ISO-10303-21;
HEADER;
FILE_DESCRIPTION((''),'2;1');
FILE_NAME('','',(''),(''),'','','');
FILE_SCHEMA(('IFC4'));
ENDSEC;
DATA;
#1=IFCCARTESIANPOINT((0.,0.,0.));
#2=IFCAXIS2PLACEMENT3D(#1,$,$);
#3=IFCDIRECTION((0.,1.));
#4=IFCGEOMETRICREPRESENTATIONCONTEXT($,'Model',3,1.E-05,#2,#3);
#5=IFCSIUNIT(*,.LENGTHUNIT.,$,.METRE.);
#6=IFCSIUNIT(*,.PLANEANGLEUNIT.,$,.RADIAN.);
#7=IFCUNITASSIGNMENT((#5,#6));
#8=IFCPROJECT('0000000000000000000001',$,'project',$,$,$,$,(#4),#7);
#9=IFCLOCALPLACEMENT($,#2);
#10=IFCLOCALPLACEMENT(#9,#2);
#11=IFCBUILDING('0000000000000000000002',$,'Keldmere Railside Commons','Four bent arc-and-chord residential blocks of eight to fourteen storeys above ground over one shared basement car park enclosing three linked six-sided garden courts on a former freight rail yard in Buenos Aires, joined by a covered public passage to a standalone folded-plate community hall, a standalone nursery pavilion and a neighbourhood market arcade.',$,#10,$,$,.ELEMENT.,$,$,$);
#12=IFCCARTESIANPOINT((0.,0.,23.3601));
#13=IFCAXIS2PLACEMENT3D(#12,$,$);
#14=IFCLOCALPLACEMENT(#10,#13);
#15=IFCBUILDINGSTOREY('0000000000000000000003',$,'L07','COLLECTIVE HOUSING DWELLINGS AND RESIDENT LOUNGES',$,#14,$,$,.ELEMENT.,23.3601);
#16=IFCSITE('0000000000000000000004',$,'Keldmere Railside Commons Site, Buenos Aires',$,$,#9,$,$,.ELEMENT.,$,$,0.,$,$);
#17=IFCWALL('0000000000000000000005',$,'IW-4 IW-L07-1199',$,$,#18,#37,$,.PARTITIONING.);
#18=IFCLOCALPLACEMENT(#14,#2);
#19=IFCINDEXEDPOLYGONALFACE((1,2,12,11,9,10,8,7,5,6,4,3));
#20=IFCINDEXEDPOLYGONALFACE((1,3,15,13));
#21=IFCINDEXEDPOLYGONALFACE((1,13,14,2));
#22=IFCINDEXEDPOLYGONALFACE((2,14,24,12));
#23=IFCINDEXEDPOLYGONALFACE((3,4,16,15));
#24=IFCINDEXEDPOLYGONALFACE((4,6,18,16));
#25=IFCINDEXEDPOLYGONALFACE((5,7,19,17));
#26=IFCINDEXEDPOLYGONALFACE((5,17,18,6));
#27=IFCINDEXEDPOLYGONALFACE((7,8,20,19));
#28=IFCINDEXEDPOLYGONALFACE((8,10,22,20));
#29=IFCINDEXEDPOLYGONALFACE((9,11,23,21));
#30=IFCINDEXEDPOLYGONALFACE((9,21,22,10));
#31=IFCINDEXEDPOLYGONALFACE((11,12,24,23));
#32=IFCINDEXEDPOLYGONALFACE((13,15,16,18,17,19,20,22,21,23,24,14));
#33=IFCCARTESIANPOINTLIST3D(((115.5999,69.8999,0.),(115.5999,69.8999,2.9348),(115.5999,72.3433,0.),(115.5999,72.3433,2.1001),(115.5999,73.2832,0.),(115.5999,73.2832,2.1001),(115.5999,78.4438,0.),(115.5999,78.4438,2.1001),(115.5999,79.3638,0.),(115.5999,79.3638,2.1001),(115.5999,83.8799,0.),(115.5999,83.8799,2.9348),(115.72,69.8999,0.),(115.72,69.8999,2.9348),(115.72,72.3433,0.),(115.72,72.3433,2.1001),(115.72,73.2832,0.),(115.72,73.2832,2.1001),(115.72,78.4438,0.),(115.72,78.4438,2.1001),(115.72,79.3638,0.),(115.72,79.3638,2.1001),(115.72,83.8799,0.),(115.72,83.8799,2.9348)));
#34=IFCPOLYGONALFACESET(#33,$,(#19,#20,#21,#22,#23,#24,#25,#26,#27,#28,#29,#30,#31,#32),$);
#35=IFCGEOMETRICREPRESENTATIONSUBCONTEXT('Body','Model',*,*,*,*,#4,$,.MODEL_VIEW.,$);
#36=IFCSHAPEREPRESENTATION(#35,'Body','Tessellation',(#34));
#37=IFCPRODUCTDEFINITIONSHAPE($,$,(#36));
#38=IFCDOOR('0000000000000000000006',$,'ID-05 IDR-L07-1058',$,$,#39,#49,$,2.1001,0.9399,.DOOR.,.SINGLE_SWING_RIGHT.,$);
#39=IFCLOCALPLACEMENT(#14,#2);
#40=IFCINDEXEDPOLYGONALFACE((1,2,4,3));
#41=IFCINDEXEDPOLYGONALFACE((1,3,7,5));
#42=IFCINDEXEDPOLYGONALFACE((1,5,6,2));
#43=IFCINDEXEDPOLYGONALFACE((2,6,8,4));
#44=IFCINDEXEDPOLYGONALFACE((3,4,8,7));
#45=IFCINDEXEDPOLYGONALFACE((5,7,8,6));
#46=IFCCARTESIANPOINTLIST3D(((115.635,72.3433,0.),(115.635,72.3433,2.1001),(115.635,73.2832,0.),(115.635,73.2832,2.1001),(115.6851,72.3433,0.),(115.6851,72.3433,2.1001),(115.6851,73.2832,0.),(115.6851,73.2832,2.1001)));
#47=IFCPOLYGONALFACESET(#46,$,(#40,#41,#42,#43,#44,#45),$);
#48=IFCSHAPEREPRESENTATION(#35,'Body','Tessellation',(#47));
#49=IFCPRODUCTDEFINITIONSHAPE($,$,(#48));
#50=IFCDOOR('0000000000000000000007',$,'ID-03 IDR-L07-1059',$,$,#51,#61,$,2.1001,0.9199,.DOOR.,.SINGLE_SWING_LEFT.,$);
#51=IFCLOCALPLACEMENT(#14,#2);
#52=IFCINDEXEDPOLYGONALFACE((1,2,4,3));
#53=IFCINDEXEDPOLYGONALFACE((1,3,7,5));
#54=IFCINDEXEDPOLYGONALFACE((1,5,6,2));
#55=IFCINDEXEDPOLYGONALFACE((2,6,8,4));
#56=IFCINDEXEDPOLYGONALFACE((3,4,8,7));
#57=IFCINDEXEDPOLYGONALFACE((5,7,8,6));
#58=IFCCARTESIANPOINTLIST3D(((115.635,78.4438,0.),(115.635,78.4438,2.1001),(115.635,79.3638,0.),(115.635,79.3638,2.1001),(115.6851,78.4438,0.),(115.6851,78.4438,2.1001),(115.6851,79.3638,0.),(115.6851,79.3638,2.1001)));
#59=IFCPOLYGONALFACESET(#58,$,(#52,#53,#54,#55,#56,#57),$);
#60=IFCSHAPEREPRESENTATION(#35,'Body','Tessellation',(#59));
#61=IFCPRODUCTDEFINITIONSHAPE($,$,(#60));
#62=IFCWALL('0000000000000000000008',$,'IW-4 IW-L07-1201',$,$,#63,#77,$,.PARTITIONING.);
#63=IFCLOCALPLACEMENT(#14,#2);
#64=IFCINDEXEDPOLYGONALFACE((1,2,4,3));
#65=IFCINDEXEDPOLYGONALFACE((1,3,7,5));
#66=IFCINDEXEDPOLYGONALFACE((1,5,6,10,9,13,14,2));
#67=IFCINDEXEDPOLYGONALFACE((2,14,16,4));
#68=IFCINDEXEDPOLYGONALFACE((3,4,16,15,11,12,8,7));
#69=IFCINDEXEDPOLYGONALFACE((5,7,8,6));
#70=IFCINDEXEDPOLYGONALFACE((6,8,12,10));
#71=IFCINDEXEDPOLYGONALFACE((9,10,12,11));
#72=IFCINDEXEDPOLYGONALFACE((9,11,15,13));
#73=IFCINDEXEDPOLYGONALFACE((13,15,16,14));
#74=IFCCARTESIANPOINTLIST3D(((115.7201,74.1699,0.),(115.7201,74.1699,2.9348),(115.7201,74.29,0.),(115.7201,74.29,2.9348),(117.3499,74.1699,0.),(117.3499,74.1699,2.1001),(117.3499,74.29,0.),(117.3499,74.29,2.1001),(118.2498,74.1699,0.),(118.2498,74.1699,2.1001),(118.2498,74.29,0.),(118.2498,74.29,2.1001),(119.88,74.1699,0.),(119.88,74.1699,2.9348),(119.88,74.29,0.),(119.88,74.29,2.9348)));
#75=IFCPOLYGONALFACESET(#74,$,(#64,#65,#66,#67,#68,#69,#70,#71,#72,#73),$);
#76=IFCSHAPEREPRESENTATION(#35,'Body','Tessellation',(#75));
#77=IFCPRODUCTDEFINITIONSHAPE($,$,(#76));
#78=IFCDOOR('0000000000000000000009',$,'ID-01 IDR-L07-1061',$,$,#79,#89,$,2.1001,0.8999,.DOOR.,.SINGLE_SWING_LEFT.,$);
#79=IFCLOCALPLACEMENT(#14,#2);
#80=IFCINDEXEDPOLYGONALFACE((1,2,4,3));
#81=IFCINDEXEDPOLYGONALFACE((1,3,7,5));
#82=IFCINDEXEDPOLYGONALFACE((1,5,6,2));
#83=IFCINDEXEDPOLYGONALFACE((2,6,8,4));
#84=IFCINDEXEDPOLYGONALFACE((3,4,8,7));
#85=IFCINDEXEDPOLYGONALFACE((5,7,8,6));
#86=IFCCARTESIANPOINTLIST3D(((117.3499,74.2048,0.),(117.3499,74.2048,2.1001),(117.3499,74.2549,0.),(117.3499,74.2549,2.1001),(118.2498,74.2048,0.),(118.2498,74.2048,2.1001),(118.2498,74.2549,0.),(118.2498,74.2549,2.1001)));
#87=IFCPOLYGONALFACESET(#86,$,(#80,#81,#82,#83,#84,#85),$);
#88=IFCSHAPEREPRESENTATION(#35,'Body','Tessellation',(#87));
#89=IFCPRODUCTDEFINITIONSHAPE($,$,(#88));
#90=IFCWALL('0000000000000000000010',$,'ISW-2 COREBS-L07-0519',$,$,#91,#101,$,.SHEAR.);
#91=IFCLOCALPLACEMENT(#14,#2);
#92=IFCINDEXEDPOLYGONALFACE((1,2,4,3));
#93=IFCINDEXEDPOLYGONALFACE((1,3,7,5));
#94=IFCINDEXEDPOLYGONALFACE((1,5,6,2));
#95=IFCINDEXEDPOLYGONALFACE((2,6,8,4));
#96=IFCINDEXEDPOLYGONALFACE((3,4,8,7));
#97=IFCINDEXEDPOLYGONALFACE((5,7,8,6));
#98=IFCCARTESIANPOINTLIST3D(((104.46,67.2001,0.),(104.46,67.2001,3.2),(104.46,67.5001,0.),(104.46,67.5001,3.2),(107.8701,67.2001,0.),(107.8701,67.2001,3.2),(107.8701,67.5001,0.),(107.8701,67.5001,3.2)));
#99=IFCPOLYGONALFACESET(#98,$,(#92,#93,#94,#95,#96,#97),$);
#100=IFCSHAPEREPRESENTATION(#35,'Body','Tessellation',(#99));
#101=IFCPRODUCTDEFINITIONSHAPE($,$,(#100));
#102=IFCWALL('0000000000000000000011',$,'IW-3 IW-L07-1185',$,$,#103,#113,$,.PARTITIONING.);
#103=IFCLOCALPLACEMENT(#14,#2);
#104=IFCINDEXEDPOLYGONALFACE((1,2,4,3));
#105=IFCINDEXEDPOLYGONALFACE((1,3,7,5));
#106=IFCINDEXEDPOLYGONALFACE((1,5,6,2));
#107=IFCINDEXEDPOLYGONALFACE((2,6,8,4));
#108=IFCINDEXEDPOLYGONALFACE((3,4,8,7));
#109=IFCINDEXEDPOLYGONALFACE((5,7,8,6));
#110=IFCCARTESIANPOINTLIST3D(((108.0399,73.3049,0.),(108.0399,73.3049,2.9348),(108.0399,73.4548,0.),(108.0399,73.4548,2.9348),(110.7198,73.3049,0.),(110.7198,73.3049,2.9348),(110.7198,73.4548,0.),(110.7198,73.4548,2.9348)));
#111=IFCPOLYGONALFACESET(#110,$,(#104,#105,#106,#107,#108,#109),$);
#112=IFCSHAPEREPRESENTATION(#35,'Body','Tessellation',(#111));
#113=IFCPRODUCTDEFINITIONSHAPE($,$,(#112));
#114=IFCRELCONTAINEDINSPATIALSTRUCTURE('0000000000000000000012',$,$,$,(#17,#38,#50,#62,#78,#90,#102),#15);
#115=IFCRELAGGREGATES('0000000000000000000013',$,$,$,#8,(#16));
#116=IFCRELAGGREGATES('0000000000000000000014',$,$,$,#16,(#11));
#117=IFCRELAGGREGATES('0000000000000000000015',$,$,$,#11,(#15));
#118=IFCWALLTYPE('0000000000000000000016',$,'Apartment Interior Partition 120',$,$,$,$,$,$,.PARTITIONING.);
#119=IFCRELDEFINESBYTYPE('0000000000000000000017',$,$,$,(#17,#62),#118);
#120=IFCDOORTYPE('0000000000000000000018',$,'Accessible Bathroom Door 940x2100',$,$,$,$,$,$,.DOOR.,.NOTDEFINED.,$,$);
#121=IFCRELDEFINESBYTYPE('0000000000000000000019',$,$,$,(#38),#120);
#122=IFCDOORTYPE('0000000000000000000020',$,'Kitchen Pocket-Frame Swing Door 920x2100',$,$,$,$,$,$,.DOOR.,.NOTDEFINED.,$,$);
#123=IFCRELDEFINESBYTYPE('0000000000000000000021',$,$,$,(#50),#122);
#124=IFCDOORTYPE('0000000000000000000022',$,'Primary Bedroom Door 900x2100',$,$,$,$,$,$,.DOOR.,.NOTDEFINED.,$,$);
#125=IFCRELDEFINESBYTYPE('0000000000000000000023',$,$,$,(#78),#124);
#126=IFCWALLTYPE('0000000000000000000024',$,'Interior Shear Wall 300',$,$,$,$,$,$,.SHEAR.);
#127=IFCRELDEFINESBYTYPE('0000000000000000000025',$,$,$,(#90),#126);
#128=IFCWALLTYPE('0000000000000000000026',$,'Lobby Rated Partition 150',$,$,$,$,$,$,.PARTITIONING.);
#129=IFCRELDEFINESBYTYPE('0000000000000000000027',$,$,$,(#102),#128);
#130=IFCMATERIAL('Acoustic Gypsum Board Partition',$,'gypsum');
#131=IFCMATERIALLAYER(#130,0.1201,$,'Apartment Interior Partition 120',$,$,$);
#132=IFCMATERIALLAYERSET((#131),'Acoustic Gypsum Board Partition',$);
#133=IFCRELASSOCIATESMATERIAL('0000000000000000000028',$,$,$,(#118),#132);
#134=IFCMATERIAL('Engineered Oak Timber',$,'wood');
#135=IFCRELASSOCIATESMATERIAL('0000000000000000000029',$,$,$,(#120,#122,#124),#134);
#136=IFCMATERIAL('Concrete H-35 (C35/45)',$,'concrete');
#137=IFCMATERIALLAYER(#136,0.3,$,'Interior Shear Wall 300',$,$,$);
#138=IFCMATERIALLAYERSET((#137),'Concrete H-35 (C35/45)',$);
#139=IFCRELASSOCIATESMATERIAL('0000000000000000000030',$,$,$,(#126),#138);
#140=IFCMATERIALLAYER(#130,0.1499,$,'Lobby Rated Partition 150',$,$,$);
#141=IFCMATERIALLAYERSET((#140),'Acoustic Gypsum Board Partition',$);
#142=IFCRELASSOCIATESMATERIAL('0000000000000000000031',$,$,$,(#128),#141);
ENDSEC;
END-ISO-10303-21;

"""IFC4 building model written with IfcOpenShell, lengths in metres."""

from ifc_helpers import new_model, si_unit, direction, frame, frame_2d, origin, place, context, subcontext, project, spatial, rectangle, extrude, material, layer, layer_set, type_object, element, fill, save


model = new_model("IFC4")

# Units and contexts
model_context = context("Model", 3, precision=1e-05, world=origin(), true_north=direction((0.0, 1.0)))
body_context = subcontext(model_context, "Body", "Model", "MODEL_VIEW")
ifc_project = project(units=[si_unit("LENGTHUNIT", "METRE"), si_unit("PLANEANGLEUNIT", "RADIAN")], contexts=[model_context])

# Site, building, storey
site_placement = place(None, origin())
site = spatial("IfcSite", under=ifc_project, at=site_placement, Name="Keldmere Railside Commons Site, Buenos Aires", CompositionType="ELEMENT", RefElevation=0.0)
building_placement = place(site_placement, origin())
building = spatial("IfcBuilding", under=site, at=building_placement, Name="Keldmere Railside Commons", Description="Four bent arc-and-chord residential blocks of eight to fourteen storeys above ground over one shared basement car park enclosing three linked six-sided garden courts on a former freight rail yard in Buenos Aires, joined by a covered public passage to a standalone folded-plate community hall, a standalone nursery pavilion and a neighbourhood market arcade.", CompositionType="ELEMENT")
storey_placement = place(building_placement, frame((0.0, 0.0, 23.3601)))
storey = spatial("IfcBuildingStorey", under=building, at=storey_placement, Name="L07", Description="COLLECTIVE HOUSING DWELLINGS AND RESIDENT LOUNGES", CompositionType="ELEMENT", Elevation=23.3601)

# Shared definitions
ifc_material_1 = material(Name="Concrete H-35 (C35/45)", Category="concrete")

# Shared definitions
ifc_material_2 = material(Name="Acoustic Gypsum Board Partition", Category="gypsum")

# Wall, openings, doors
ifc_layer_1 = layer(ifc_material_2, 0.1201, Name="Apartment Interior Partition 120")
ifc_layer_set_1 = layer_set([ifc_layer_1], Name="Acoustic Gypsum Board Partition")
wall_type_1 = type_object("IfcWallType", Name="Apartment Interior Partition 120", PredefinedType="PARTITIONING", material=ifc_layer_set_1)
wall_1_placement = place(storey_placement, frame((115.6599, 69.8999, 0.0), z_axis=(0.0, 0.0, 1.0), x_axis=(0.0, 1.0, 0.0)))
wall_1 = element("IfcWall", 1, at=wall_1_placement, inside=storey, type_object=wall_type_1, Name="IW-4 IW-L07-1199", PredefinedType="PARTITIONING", context=body_context, shape_type="SweptSolid", body=[
    extrude(rectangle(XDim=13.98, YDim=0.1201, at=frame_2d((6.99, 0.0))), origin(), (0.0, 0.0, 1.0), 2.9348),
])
opening_1_placement = place(wall_1_placement, frame((2.4434, 0.0, 0.0)))
opening_1 = element("IfcOpeningElement", 2, at=opening_1_placement, cuts=wall_1, PredefinedType="OPENING", context=body_context, shape_type="SweptSolid", body=[
    extrude(rectangle(XDim=0.9399, YDim=2.1001, at=frame_2d((0.47, 1.05))), frame((0.0, 0.0701, 0.0), z_axis=(0.0, -1.0, 0.0), x_axis=(1.0, 0.0, 0.0)), (0.0, 0.0, 1.0), 0.1401),
])
opening_2_placement = place(wall_1_placement, frame((8.5439, 0.0, 0.0)))
opening_2 = element("IfcOpeningElement", 3, at=opening_2_placement, cuts=wall_1, PredefinedType="OPENING", context=body_context, shape_type="SweptSolid", body=[
    extrude(rectangle(XDim=0.9199, YDim=2.1001, at=frame_2d((0.46, 1.05))), frame((0.0, 0.0701, 0.0), z_axis=(0.0, -1.0, 0.0), x_axis=(1.0, 0.0, 0.0)), (0.0, 0.0, 1.0), 0.1401),
])
ifc_material_3 = material(Name="Engineered Oak Timber", Category="wood")
door_type_1 = type_object("IfcDoorType", Name="Accessible Bathroom Door 940x2100", OperationType="NOTDEFINED", PredefinedType="DOOR", material=ifc_material_3)
door_1_placement = place(opening_1_placement, origin())
door_1 = element("IfcDoor", 4, at=door_1_placement, inside=storey, type_object=door_type_1, Name="ID-05 IDR-L07-1058", OperationType="SINGLE_SWING_RIGHT", OverallHeight=2.1001, OverallWidth=0.9399, PredefinedType="DOOR", context=body_context, shape_type="SweptSolid", body=[
    extrude(rectangle(XDim=0.9399, YDim=2.1001, at=frame_2d((0.47, 1.05))), frame((0.0, 0.0249, 0.0), z_axis=(0.0, -1.0, 0.0), x_axis=(1.0, 0.0, 0.0)), (0.0, 0.0, 1.0), 0.05),
])
fill(opening_1, door_1)
door_type_2 = type_object("IfcDoorType", Name="Kitchen Pocket-Frame Swing Door 920x2100", OperationType="NOTDEFINED", PredefinedType="DOOR", material=ifc_material_3)
door_2_placement = place(opening_2_placement, origin())
door_2 = element("IfcDoor", 5, at=door_2_placement, inside=storey, type_object=door_type_2, Name="ID-03 IDR-L07-1059", OperationType="SINGLE_SWING_LEFT", OverallHeight=2.1001, OverallWidth=0.9199, PredefinedType="DOOR", context=body_context, shape_type="SweptSolid", body=[
    extrude(rectangle(XDim=0.9199, YDim=2.1001, at=frame_2d((0.46, 1.05))), frame((0.0, 0.0249, 0.0), z_axis=(0.0, -1.0, 0.0), x_axis=(1.0, 0.0, 0.0)), (0.0, 0.0, 1.0), 0.05),
])
fill(opening_2, door_2)

# Wall, opening, door
wall_2_placement = place(storey_placement, frame((115.72, 74.23, 0.0), z_axis=(0.0, 0.0, 1.0), x_axis=(1.0, 0.0, 0.0)))
wall_2 = element("IfcWall", 6, at=wall_2_placement, inside=storey, type_object=wall_type_1, Name="IW-4 IW-L07-1201", PredefinedType="PARTITIONING", context=body_context, shape_type="SweptSolid", body=[
    extrude(rectangle(XDim=4.1599, YDim=0.1201, at=frame_2d((2.0801, 0.0))), origin(), (0.0, 0.0, 1.0), 2.9348),
])
opening_3_placement = place(wall_2_placement, frame((1.6299, 0.0, 0.0)))
opening_3 = element("IfcOpeningElement", 7, at=opening_3_placement, cuts=wall_2, PredefinedType="OPENING", context=body_context, shape_type="SweptSolid", body=[
    extrude(rectangle(XDim=0.8999, YDim=2.1001, at=frame_2d((0.45, 1.05))), frame((0.0, 0.0701, 0.0), z_axis=(0.0, -1.0, 0.0), x_axis=(1.0, 0.0, 0.0)), (0.0, 0.0, 1.0), 0.1401),
])
door_type_3 = type_object("IfcDoorType", Name="Primary Bedroom Door 900x2100", OperationType="NOTDEFINED", PredefinedType="DOOR", material=ifc_material_3)
door_3_placement = place(opening_3_placement, origin())
door_3 = element("IfcDoor", 8, at=door_3_placement, inside=storey, type_object=door_type_3, Name="ID-01 IDR-L07-1061", OperationType="SINGLE_SWING_LEFT", OverallHeight=2.1001, OverallWidth=0.8999, PredefinedType="DOOR", context=body_context, shape_type="SweptSolid", body=[
    extrude(rectangle(XDim=0.8999, YDim=2.1001, at=frame_2d((0.45, 1.05))), frame((0.0, 0.0249, 0.0), z_axis=(0.0, -1.0, 0.0), x_axis=(1.0, 0.0, 0.0)), (0.0, 0.0, 1.0), 0.05),
])
fill(opening_3, door_3)

# Walls
ifc_layer_2 = layer(ifc_material_1, 0.3, Name="Interior Shear Wall 300")
ifc_layer_set_2 = layer_set([ifc_layer_2], Name="Concrete H-35 (C35/45)")
wall_type_2 = type_object("IfcWallType", Name="Interior Shear Wall 300", PredefinedType="SHEAR", material=ifc_layer_set_2)
wall_3_placement = place(storey_placement, frame((107.8701, 67.3501, 0.0), z_axis=(0.0, 0.0, 1.0), x_axis=(-1.0, 0.0, 0.0)))
element("IfcWall", 9, at=wall_3_placement, inside=storey, type_object=wall_type_2, Name="ISW-2 COREBS-L07-0519", PredefinedType="SHEAR", context=body_context, shape_type="SweptSolid", body=[
    extrude(rectangle(XDim=3.4102, YDim=0.3, at=frame_2d((1.7051, 0.0))), origin(), (0.0, 0.0, 1.0), 3.2),
])
ifc_layer_3 = layer(ifc_material_2, 0.1499, Name="Lobby Rated Partition 150")
ifc_layer_set_3 = layer_set([ifc_layer_3], Name="Acoustic Gypsum Board Partition")
wall_type_3 = type_object("IfcWallType", Name="Lobby Rated Partition 150", PredefinedType="PARTITIONING", material=ifc_layer_set_3)
wall_4_placement = place(storey_placement, frame((108.04, 73.3799, 0.0), z_axis=(0.0, 0.0, 1.0), x_axis=(1.0, 0.0, 0.0)))
element("IfcWall", 10, at=wall_4_placement, inside=storey, type_object=wall_type_3, Name="IW-3 IW-L07-1185", PredefinedType="PARTITIONING", context=body_context, shape_type="SweptSolid", body=[
    extrude(rectangle(XDim=2.6799, YDim=0.1499, at=frame_2d((1.3398, 0.0))), origin(), (0.0, 0.0, 1.0), 2.9348),
])

save(model, "model.ifc")
